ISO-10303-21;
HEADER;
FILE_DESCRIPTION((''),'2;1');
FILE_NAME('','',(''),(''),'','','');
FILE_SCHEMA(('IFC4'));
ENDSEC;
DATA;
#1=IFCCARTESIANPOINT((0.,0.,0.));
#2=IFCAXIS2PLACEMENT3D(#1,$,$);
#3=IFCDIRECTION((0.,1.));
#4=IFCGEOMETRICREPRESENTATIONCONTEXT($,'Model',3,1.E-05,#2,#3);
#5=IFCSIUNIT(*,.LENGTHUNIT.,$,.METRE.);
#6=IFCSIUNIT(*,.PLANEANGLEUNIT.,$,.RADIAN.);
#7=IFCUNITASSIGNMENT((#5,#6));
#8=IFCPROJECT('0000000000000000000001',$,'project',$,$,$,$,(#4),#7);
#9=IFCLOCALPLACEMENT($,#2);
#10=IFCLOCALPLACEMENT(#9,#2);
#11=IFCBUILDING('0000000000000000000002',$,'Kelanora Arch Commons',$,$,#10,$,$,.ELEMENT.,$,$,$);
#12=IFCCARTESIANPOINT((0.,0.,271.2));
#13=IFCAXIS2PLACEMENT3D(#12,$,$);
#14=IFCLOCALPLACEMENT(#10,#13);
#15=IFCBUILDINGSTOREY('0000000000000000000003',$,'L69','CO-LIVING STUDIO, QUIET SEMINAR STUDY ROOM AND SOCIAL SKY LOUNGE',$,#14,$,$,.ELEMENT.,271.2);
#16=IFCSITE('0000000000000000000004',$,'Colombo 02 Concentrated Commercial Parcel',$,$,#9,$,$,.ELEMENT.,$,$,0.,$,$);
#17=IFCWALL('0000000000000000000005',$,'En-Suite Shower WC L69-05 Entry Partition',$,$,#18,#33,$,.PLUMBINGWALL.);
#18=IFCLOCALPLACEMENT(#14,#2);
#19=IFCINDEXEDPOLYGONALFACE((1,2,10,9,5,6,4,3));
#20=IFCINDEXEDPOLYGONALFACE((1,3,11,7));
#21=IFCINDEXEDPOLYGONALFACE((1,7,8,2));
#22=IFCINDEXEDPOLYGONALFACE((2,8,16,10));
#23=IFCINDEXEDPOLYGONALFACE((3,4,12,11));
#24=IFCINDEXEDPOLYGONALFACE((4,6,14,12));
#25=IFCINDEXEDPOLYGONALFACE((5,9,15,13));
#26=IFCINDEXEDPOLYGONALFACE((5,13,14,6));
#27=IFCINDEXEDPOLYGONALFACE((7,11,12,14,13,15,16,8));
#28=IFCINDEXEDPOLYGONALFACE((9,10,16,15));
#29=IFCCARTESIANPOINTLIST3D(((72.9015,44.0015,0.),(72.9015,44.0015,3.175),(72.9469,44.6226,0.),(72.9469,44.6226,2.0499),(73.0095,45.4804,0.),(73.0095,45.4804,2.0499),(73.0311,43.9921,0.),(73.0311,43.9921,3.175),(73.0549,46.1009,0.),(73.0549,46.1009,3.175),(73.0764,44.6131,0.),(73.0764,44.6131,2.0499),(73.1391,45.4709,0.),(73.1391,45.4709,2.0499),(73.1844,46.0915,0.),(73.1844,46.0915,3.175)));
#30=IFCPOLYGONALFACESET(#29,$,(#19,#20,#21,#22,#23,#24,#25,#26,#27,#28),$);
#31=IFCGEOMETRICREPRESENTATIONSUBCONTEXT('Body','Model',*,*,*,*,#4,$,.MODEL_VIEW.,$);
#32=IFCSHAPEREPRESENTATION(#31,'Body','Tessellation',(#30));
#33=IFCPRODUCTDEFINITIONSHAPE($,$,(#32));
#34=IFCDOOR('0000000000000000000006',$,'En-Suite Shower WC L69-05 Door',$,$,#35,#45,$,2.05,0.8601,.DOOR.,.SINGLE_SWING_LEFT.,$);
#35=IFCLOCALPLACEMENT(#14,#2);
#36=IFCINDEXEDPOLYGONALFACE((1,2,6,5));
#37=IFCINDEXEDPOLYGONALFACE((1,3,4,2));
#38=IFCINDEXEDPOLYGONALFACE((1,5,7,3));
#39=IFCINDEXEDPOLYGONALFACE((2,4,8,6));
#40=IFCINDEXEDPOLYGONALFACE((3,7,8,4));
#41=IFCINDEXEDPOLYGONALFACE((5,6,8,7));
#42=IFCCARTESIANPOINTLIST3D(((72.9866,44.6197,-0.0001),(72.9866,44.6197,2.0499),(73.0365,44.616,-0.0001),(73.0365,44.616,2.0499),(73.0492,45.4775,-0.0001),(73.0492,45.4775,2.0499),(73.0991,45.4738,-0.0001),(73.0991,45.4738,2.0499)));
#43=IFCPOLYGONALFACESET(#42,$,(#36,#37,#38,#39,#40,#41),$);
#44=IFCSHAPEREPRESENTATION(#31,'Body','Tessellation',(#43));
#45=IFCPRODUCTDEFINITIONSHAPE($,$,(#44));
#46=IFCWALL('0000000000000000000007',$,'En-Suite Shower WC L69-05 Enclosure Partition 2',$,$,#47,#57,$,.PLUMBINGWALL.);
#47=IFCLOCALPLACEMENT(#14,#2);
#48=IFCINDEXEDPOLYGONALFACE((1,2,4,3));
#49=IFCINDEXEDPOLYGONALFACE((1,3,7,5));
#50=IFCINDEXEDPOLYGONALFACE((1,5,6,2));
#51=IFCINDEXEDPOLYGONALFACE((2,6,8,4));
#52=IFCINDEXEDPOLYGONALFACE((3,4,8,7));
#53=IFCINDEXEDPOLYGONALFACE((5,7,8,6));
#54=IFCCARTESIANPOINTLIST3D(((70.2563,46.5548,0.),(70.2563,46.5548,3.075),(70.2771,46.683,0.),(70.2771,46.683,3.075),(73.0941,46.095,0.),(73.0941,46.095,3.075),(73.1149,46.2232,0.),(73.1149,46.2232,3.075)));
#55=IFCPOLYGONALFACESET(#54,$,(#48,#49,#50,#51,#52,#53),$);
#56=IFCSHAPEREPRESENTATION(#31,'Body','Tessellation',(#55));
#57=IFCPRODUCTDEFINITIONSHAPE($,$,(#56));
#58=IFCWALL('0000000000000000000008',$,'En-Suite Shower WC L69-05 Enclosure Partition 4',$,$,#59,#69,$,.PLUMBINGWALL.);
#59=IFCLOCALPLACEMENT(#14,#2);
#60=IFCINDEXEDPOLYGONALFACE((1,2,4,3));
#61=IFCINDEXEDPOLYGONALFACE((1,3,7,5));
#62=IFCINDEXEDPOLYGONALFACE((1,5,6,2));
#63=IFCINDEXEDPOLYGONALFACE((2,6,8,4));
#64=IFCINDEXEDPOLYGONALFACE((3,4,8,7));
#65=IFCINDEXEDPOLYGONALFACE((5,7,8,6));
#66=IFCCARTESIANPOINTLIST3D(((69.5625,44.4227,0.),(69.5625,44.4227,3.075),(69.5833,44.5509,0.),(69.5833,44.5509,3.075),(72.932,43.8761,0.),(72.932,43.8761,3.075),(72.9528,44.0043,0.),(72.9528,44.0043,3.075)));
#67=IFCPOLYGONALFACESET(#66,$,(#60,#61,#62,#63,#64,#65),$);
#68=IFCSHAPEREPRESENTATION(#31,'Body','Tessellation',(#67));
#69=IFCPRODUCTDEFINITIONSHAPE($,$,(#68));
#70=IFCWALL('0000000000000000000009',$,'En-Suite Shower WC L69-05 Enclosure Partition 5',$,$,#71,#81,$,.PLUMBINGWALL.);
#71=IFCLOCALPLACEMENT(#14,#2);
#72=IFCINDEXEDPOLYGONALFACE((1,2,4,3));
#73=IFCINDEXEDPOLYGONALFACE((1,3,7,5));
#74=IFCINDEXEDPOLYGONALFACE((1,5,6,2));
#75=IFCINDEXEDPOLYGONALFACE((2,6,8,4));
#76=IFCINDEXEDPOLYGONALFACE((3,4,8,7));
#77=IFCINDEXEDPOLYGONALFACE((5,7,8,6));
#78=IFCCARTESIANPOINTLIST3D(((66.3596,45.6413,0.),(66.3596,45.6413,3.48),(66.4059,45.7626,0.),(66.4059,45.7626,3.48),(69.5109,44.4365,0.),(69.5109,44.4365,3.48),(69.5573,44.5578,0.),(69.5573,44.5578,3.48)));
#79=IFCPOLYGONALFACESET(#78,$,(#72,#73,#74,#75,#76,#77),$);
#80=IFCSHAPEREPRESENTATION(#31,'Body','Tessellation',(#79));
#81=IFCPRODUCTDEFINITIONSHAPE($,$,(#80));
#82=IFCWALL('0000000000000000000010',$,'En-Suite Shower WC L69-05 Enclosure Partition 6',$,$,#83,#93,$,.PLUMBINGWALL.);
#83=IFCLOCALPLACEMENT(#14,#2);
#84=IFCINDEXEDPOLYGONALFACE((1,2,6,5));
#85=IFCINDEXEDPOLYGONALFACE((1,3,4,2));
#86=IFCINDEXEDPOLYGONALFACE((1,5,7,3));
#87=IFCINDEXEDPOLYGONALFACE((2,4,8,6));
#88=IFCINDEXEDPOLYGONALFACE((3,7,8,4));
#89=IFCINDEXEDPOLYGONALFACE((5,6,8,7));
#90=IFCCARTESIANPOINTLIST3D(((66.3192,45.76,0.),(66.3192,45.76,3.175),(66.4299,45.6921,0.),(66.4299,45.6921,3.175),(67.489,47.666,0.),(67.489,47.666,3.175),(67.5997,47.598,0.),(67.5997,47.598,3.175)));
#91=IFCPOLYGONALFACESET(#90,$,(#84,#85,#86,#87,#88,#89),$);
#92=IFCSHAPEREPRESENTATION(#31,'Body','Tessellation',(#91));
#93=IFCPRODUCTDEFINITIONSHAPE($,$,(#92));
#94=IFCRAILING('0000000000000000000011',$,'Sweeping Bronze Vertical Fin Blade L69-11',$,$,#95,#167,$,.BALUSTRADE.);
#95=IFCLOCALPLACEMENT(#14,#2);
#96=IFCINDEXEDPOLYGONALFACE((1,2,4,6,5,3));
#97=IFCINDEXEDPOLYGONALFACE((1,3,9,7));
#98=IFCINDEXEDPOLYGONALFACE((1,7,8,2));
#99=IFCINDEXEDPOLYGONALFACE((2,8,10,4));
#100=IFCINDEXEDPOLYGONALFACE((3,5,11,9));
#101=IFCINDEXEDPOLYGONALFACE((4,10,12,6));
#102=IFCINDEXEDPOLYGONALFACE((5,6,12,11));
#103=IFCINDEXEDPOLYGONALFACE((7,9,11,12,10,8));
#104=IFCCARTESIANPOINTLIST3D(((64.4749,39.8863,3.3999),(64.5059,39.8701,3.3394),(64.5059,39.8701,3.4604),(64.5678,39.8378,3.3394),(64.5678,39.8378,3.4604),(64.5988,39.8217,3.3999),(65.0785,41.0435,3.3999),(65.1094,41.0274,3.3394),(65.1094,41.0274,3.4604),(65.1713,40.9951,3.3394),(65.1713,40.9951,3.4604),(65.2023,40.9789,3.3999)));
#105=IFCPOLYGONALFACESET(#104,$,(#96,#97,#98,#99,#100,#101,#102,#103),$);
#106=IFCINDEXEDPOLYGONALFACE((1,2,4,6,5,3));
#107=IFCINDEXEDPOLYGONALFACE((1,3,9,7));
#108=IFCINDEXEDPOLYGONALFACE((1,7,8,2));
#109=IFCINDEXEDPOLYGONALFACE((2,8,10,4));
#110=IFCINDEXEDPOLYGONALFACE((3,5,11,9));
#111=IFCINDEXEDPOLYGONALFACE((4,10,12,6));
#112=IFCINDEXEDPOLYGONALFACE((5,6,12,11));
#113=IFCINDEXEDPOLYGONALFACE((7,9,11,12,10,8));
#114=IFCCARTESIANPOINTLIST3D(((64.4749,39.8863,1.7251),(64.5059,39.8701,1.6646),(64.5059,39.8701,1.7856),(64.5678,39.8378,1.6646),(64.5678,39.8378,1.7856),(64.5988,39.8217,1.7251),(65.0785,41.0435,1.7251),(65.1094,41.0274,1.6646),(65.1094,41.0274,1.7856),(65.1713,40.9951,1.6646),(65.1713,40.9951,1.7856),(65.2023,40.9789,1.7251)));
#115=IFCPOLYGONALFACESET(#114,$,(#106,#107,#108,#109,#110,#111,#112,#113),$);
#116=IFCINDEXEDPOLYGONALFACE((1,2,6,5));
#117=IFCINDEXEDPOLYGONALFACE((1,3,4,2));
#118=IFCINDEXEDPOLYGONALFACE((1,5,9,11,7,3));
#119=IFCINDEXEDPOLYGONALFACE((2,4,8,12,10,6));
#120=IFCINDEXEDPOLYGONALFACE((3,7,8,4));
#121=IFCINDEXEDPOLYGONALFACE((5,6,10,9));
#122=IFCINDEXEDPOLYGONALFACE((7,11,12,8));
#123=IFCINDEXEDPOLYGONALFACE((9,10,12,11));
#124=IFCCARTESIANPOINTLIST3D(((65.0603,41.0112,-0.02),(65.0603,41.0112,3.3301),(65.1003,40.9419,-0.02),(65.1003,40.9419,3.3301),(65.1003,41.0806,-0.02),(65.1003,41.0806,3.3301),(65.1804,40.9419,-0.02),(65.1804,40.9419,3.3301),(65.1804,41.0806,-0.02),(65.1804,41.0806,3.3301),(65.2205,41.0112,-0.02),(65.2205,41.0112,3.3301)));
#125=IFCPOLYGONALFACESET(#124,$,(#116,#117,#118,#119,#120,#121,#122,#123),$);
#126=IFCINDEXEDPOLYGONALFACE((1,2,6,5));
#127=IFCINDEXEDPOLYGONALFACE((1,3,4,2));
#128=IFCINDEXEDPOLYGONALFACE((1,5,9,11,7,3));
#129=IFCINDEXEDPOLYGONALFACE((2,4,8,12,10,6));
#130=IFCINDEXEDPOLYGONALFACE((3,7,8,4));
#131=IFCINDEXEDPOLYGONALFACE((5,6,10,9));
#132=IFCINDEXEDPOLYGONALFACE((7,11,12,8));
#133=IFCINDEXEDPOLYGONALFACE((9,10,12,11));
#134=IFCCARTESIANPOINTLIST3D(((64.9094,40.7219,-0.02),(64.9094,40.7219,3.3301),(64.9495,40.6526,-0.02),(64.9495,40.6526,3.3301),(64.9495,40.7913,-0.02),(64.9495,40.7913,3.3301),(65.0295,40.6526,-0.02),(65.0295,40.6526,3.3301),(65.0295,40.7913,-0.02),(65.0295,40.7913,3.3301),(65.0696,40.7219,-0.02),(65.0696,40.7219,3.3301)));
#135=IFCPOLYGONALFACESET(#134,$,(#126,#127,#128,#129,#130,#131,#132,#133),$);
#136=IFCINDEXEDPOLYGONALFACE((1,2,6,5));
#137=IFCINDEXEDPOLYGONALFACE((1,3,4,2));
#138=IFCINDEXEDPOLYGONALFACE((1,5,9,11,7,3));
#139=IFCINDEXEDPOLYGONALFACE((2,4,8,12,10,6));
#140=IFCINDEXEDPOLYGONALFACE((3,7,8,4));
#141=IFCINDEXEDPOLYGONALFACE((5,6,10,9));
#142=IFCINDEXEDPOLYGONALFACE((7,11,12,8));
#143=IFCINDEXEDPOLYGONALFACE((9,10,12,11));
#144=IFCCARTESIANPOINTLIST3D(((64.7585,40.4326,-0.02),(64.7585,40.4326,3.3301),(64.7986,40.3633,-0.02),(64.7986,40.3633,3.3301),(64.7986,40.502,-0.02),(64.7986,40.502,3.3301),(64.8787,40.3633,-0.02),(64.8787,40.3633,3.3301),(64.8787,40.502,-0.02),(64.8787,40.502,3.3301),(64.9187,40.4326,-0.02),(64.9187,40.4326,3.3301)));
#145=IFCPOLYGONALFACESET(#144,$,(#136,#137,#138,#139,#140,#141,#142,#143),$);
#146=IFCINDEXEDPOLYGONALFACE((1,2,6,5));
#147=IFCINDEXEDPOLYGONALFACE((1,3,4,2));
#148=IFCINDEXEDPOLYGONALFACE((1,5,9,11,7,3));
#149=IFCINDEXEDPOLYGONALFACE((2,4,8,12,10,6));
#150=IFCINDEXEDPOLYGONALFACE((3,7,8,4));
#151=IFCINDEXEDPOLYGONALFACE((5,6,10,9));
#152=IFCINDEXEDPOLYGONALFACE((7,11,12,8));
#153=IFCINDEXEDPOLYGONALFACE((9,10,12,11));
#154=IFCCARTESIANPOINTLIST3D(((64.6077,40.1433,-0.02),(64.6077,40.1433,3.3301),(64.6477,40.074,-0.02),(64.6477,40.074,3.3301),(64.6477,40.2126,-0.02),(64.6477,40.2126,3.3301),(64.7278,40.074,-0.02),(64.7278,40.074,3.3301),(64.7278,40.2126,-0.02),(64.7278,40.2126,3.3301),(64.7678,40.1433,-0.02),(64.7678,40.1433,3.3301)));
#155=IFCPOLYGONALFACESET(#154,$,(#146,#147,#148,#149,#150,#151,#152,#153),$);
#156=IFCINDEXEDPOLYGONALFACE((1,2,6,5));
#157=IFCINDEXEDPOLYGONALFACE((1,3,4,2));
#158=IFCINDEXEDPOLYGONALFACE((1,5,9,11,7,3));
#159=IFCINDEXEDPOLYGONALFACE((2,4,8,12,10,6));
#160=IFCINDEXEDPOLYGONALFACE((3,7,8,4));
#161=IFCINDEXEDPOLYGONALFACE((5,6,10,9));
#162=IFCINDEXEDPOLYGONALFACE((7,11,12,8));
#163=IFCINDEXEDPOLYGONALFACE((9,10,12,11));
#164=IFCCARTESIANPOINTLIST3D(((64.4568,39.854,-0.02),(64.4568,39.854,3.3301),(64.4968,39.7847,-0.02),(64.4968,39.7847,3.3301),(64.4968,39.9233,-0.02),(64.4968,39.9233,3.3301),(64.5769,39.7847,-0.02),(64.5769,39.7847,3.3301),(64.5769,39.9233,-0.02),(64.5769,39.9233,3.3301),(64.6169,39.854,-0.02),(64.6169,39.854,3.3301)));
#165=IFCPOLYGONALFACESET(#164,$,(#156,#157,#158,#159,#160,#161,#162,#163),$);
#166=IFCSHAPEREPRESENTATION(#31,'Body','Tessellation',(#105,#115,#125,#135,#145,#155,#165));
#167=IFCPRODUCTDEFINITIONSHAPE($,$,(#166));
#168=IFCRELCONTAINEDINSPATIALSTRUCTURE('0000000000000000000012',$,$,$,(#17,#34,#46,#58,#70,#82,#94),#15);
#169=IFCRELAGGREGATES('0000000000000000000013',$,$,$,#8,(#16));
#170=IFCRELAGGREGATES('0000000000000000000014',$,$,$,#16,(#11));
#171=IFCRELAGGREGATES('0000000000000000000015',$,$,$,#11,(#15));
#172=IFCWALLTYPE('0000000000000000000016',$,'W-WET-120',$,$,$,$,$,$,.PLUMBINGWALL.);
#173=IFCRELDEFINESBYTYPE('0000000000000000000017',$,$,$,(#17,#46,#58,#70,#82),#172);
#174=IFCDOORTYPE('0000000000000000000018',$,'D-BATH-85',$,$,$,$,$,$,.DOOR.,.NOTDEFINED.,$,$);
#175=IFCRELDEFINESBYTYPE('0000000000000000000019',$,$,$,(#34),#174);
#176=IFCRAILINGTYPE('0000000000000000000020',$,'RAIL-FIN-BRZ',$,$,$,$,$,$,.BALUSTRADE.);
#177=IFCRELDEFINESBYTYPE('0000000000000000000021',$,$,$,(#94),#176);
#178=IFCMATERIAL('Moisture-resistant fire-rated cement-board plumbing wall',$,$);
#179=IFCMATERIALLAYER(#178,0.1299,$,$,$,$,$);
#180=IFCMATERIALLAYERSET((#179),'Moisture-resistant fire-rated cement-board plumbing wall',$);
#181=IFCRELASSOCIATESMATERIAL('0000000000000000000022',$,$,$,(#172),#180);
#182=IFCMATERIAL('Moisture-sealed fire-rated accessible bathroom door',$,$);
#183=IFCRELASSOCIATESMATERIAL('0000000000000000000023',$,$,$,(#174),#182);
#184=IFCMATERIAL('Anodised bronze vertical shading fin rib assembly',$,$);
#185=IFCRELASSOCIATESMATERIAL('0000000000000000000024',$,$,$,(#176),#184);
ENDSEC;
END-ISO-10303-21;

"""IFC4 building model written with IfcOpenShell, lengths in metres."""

from ifc_helpers import new_model, si_unit, direction, frame, frame_2d, origin, place, context, subcontext, project, spatial, polyline, rectangle, outline, extrude, material, layer, layer_set, type_object, element, fill, save


model = new_model("IFC4")

# Units and contexts
model_context = context("Model", 3, precision=1e-05, world=origin(), true_north=direction((0.0, 1.0)))
body_context = subcontext(model_context, "Body", "Model", "MODEL_VIEW")
ifc_project = project(units=[si_unit("LENGTHUNIT", "METRE"), si_unit("PLANEANGLEUNIT", "RADIAN")], contexts=[model_context])

# Site, building, storey
site_placement = place(None, origin())
site = spatial("IfcSite", under=ifc_project, at=site_placement, Name="Colombo 02 Concentrated Commercial Parcel", CompositionType="ELEMENT", RefElevation=0.0)
building_placement = place(site_placement, origin())
building = spatial("IfcBuilding", under=site, at=building_placement, Name="Kelanora Arch Commons", CompositionType="ELEMENT")
storey_placement = place(building_placement, frame((0.0, 0.0, 271.2)))
storey = spatial("IfcBuildingStorey", under=building, at=storey_placement, Name="L69", Description="CO-LIVING STUDIO, QUIET SEMINAR STUDY ROOM AND SOCIAL SKY LOUNGE", CompositionType="ELEMENT", Elevation=271.2)

# Wall, opening, door
ifc_material_1 = material(Name="Moisture-resistant fire-rated cement-board plumbing wall")
ifc_layer_1 = layer(ifc_material_1, 0.1299)
ifc_layer_set_1 = layer_set([ifc_layer_1], Name="Moisture-resistant fire-rated cement-board plumbing wall")
wall_type_1 = type_object("IfcWallType", Name="W-WET-120", PredefinedType="PLUMBINGWALL", material=ifc_layer_set_1)
wall_1_placement = place(storey_placement, frame((73.1196, 46.0962, 0.0), z_axis=(0.0, 0.0, 1.0), x_axis=(-0.072838, -0.997344, 0.0)))
wall_1 = element("IfcWall", 1, at=wall_1_placement, inside=storey, type_object=wall_type_1, Name="En-Suite Shower WC L69-05 Entry Partition", PredefinedType="PLUMBINGWALL", context=body_context, shape_type="SweptSolid", body=[
    extrude(rectangle(XDim=2.105, YDim=0.1299, at=frame_2d((1.0525, 0.0))), origin(), (0.0, 0.0, 1.0), 3.175),
])
opening_1_placement = place(wall_1_placement, frame((0.6221, 0.0, 0.0)))
opening_1 = element("IfcOpeningElement", 2, at=opening_1_placement, cuts=wall_1, PredefinedType="OPENING", context=body_context, shape_type="SweptSolid", body=[
    extrude(rectangle(XDim=0.8601, YDim=2.05, at=frame_2d((0.4302, 1.0249))), frame((0.0, 0.075, 0.0), z_axis=(0.0, -1.0, 0.0), x_axis=(1.0, 0.0, 0.0)), (0.0, 0.0, 1.0), 0.1499),
])
ifc_material_2 = material(Name="Moisture-sealed fire-rated accessible bathroom door")
door_type = type_object("IfcDoorType", Name="D-BATH-85", OperationType="NOTDEFINED", PredefinedType="DOOR", material=ifc_material_2)
door_placement = place(opening_1_placement, origin())
door = element("IfcDoor", 3, at=door_placement, inside=storey, type_object=door_type, Name="En-Suite Shower WC L69-05 Door", OperationType="SINGLE_SWING_LEFT", OverallHeight=2.05, OverallWidth=0.8601, PredefinedType="DOOR", context=body_context, shape_type="SweptSolid", body=[
    extrude(rectangle(XDim=0.8601, YDim=2.05, at=frame_2d((0.4302, 1.0249))), frame((0.0, 0.0249, 0.0), z_axis=(0.0, -1.0, 0.0), x_axis=(1.0, 0.0, 0.0)), (0.0, 0.0, 1.0), 0.05),
])
fill(opening_1, door)

# Walls
wall_2_placement = place(storey_placement, frame((70.2666, 46.6189, 0.0), z_axis=(0.0, 0.0, 1.0), x_axis=(0.98713, -0.159921, 0.0)))
element("IfcWall", 4, at=wall_2_placement, inside=storey, type_object=wall_type_1, Name="En-Suite Shower WC L69-05 Enclosure Partition 2", PredefinedType="PLUMBINGWALL", context=body_context, shape_type="SweptSolid", body=[
    extrude(rectangle(XDim=2.8748, YDim=0.1299, at=frame_2d((1.4375, 0.0))), origin(), (0.0, 0.0, 1.0), 3.075),
])
wall_3_placement = place(storey_placement, frame((72.9424, 43.9402, 0.0), z_axis=(0.0, 0.0, 1.0), x_axis=(-0.987096, 0.16013, 0.0)))
element("IfcWall", 5, at=wall_3_placement, inside=storey, type_object=wall_type_1, Name="En-Suite Shower WC L69-05 Enclosure Partition 4", PredefinedType="PLUMBINGWALL", context=body_context, shape_type="SweptSolid", body=[
    extrude(rectangle(XDim=3.4136, YDim=0.1299, at=frame_2d((1.7068, 0.0))), origin(), (0.0, 0.0, 1.0), 3.075),
])
wall_4_placement = place(storey_placement, frame((69.5342, 44.4971, 0.0), z_axis=(0.0, 0.0, 1.0), x_axis=(-0.934062, 0.357111, 0.0)))
element("IfcWall", 6, at=wall_4_placement, inside=storey, type_object=wall_type_1, Name="En-Suite Shower WC L69-05 Enclosure Partition 5", PredefinedType="PLUMBINGWALL", context=body_context, shape_type="SweptSolid", body=[
    extrude(rectangle(XDim=3.3738, YDim=0.1299, at=frame_2d((1.687, 0.0))), origin(), (0.0, 0.0, 1.0), 3.48),
])
wall_5_placement = place(storey_placement, frame((66.3745, 45.7261, 0.0), z_axis=(0.0, 0.0, 1.0), x_axis=(0.523123, 0.852257, 0.0)))
element("IfcWall", 7, at=wall_5_placement, inside=storey, type_object=wall_type_1, Name="En-Suite Shower WC L69-05 Enclosure Partition 6", PredefinedType="PLUMBINGWALL", context=body_context, shape_type="SweptSolid", body=[
    extrude(rectangle(XDim=2.2363, YDim=0.1299, at=frame_2d((1.1182, 0.0))), origin(), (0.0, 0.0, 1.0), 3.175),
])

# Railing
ifc_material_3 = material(Name="Anodised bronze vertical shading fin rib assembly")
railing_type = type_object("IfcRailingType", Name="RAIL-FIN-BRZ", PredefinedType="BALUSTRADE", material=ifc_material_3)
railing_1_placement = place(storey_placement, frame((65.1404, 41.0112, -0.02)))
element("IfcRailing", 8, at=railing_1_placement, inside=storey, type_object=railing_type, Name="Sweeping Bronze Vertical Fin Blade L69-11", PredefinedType="BALUSTRADE", context=body_context, shape_type="SweptSolid", body=[
    extrude(outline(polyline([(0.0698, 0.0), (0.0349, 0.0605), (-0.0349, 0.0605), (-0.0698, 0.0), (-0.0349, -0.0605), (0.0349, -0.0605), (0.0698, 0.0)])), frame((0.0, 0.0, 3.4199), z_axis=(-0.462413, -0.886665, 0.0), x_axis=(0.886665, -0.462413, 0.0)), (0.0, 0.0, 1.0), 1.3052),
    extrude(outline(polyline([(0.0698, 0.0), (0.0349, 0.0605), (-0.0349, 0.0605), (-0.0698, 0.0), (-0.0349, -0.0605), (0.0349, -0.0605), (0.0698, 0.0)])), frame((0.0, 0.0, 1.7451), z_axis=(-0.462413, -0.886665, 0.0), x_axis=(0.886665, -0.462413, 0.0)), (0.0, 0.0, 1.0), 1.3052),
    extrude(outline(polyline([(0.0801, 0.0), (0.04, 0.0693), (-0.04, 0.0693), (-0.0801, 0.0), (-0.04, -0.0693), (0.04, -0.0693), (0.0801, 0.0)])), origin(), (0.0, 0.0, 1.0), 3.3501),
    extrude(outline(polyline([(0.0801, 0.0), (0.04, 0.0693), (-0.04, 0.0693), (-0.0801, 0.0), (-0.04, -0.0693), (0.04, -0.0693), (0.0801, 0.0)])), frame((-0.1509, -0.2893, 0.0)), (0.0, 0.0, 1.0), 3.3501),
    extrude(outline(polyline([(0.0801, 0.0), (0.04, 0.0693), (-0.04, 0.0693), (-0.0801, 0.0), (-0.04, -0.0693), (0.04, -0.0693), (0.0801, 0.0)])), frame((-0.3018, -0.5786, 0.0)), (0.0, 0.0, 1.0), 3.3501),
    extrude(outline(polyline([(0.0801, 0.0), (0.04, 0.0693), (-0.04, 0.0693), (-0.0801, 0.0), (-0.04, -0.0693), (0.04, -0.0693), (0.0801, 0.0)])), frame((-0.4526, -0.8679, 0.0)), (0.0, 0.0, 1.0), 3.3501),
    extrude(outline(polyline([(0.0801, 0.0), (0.04, 0.0693), (-0.04, 0.0693), (-0.0801, 0.0), (-0.04, -0.0693), (0.04, -0.0693), (0.0801, 0.0)])), frame((-0.6035, -1.1572, 0.0)), (0.0, 0.0, 1.0), 3.3501),
])

save(model, "model.ifc")
